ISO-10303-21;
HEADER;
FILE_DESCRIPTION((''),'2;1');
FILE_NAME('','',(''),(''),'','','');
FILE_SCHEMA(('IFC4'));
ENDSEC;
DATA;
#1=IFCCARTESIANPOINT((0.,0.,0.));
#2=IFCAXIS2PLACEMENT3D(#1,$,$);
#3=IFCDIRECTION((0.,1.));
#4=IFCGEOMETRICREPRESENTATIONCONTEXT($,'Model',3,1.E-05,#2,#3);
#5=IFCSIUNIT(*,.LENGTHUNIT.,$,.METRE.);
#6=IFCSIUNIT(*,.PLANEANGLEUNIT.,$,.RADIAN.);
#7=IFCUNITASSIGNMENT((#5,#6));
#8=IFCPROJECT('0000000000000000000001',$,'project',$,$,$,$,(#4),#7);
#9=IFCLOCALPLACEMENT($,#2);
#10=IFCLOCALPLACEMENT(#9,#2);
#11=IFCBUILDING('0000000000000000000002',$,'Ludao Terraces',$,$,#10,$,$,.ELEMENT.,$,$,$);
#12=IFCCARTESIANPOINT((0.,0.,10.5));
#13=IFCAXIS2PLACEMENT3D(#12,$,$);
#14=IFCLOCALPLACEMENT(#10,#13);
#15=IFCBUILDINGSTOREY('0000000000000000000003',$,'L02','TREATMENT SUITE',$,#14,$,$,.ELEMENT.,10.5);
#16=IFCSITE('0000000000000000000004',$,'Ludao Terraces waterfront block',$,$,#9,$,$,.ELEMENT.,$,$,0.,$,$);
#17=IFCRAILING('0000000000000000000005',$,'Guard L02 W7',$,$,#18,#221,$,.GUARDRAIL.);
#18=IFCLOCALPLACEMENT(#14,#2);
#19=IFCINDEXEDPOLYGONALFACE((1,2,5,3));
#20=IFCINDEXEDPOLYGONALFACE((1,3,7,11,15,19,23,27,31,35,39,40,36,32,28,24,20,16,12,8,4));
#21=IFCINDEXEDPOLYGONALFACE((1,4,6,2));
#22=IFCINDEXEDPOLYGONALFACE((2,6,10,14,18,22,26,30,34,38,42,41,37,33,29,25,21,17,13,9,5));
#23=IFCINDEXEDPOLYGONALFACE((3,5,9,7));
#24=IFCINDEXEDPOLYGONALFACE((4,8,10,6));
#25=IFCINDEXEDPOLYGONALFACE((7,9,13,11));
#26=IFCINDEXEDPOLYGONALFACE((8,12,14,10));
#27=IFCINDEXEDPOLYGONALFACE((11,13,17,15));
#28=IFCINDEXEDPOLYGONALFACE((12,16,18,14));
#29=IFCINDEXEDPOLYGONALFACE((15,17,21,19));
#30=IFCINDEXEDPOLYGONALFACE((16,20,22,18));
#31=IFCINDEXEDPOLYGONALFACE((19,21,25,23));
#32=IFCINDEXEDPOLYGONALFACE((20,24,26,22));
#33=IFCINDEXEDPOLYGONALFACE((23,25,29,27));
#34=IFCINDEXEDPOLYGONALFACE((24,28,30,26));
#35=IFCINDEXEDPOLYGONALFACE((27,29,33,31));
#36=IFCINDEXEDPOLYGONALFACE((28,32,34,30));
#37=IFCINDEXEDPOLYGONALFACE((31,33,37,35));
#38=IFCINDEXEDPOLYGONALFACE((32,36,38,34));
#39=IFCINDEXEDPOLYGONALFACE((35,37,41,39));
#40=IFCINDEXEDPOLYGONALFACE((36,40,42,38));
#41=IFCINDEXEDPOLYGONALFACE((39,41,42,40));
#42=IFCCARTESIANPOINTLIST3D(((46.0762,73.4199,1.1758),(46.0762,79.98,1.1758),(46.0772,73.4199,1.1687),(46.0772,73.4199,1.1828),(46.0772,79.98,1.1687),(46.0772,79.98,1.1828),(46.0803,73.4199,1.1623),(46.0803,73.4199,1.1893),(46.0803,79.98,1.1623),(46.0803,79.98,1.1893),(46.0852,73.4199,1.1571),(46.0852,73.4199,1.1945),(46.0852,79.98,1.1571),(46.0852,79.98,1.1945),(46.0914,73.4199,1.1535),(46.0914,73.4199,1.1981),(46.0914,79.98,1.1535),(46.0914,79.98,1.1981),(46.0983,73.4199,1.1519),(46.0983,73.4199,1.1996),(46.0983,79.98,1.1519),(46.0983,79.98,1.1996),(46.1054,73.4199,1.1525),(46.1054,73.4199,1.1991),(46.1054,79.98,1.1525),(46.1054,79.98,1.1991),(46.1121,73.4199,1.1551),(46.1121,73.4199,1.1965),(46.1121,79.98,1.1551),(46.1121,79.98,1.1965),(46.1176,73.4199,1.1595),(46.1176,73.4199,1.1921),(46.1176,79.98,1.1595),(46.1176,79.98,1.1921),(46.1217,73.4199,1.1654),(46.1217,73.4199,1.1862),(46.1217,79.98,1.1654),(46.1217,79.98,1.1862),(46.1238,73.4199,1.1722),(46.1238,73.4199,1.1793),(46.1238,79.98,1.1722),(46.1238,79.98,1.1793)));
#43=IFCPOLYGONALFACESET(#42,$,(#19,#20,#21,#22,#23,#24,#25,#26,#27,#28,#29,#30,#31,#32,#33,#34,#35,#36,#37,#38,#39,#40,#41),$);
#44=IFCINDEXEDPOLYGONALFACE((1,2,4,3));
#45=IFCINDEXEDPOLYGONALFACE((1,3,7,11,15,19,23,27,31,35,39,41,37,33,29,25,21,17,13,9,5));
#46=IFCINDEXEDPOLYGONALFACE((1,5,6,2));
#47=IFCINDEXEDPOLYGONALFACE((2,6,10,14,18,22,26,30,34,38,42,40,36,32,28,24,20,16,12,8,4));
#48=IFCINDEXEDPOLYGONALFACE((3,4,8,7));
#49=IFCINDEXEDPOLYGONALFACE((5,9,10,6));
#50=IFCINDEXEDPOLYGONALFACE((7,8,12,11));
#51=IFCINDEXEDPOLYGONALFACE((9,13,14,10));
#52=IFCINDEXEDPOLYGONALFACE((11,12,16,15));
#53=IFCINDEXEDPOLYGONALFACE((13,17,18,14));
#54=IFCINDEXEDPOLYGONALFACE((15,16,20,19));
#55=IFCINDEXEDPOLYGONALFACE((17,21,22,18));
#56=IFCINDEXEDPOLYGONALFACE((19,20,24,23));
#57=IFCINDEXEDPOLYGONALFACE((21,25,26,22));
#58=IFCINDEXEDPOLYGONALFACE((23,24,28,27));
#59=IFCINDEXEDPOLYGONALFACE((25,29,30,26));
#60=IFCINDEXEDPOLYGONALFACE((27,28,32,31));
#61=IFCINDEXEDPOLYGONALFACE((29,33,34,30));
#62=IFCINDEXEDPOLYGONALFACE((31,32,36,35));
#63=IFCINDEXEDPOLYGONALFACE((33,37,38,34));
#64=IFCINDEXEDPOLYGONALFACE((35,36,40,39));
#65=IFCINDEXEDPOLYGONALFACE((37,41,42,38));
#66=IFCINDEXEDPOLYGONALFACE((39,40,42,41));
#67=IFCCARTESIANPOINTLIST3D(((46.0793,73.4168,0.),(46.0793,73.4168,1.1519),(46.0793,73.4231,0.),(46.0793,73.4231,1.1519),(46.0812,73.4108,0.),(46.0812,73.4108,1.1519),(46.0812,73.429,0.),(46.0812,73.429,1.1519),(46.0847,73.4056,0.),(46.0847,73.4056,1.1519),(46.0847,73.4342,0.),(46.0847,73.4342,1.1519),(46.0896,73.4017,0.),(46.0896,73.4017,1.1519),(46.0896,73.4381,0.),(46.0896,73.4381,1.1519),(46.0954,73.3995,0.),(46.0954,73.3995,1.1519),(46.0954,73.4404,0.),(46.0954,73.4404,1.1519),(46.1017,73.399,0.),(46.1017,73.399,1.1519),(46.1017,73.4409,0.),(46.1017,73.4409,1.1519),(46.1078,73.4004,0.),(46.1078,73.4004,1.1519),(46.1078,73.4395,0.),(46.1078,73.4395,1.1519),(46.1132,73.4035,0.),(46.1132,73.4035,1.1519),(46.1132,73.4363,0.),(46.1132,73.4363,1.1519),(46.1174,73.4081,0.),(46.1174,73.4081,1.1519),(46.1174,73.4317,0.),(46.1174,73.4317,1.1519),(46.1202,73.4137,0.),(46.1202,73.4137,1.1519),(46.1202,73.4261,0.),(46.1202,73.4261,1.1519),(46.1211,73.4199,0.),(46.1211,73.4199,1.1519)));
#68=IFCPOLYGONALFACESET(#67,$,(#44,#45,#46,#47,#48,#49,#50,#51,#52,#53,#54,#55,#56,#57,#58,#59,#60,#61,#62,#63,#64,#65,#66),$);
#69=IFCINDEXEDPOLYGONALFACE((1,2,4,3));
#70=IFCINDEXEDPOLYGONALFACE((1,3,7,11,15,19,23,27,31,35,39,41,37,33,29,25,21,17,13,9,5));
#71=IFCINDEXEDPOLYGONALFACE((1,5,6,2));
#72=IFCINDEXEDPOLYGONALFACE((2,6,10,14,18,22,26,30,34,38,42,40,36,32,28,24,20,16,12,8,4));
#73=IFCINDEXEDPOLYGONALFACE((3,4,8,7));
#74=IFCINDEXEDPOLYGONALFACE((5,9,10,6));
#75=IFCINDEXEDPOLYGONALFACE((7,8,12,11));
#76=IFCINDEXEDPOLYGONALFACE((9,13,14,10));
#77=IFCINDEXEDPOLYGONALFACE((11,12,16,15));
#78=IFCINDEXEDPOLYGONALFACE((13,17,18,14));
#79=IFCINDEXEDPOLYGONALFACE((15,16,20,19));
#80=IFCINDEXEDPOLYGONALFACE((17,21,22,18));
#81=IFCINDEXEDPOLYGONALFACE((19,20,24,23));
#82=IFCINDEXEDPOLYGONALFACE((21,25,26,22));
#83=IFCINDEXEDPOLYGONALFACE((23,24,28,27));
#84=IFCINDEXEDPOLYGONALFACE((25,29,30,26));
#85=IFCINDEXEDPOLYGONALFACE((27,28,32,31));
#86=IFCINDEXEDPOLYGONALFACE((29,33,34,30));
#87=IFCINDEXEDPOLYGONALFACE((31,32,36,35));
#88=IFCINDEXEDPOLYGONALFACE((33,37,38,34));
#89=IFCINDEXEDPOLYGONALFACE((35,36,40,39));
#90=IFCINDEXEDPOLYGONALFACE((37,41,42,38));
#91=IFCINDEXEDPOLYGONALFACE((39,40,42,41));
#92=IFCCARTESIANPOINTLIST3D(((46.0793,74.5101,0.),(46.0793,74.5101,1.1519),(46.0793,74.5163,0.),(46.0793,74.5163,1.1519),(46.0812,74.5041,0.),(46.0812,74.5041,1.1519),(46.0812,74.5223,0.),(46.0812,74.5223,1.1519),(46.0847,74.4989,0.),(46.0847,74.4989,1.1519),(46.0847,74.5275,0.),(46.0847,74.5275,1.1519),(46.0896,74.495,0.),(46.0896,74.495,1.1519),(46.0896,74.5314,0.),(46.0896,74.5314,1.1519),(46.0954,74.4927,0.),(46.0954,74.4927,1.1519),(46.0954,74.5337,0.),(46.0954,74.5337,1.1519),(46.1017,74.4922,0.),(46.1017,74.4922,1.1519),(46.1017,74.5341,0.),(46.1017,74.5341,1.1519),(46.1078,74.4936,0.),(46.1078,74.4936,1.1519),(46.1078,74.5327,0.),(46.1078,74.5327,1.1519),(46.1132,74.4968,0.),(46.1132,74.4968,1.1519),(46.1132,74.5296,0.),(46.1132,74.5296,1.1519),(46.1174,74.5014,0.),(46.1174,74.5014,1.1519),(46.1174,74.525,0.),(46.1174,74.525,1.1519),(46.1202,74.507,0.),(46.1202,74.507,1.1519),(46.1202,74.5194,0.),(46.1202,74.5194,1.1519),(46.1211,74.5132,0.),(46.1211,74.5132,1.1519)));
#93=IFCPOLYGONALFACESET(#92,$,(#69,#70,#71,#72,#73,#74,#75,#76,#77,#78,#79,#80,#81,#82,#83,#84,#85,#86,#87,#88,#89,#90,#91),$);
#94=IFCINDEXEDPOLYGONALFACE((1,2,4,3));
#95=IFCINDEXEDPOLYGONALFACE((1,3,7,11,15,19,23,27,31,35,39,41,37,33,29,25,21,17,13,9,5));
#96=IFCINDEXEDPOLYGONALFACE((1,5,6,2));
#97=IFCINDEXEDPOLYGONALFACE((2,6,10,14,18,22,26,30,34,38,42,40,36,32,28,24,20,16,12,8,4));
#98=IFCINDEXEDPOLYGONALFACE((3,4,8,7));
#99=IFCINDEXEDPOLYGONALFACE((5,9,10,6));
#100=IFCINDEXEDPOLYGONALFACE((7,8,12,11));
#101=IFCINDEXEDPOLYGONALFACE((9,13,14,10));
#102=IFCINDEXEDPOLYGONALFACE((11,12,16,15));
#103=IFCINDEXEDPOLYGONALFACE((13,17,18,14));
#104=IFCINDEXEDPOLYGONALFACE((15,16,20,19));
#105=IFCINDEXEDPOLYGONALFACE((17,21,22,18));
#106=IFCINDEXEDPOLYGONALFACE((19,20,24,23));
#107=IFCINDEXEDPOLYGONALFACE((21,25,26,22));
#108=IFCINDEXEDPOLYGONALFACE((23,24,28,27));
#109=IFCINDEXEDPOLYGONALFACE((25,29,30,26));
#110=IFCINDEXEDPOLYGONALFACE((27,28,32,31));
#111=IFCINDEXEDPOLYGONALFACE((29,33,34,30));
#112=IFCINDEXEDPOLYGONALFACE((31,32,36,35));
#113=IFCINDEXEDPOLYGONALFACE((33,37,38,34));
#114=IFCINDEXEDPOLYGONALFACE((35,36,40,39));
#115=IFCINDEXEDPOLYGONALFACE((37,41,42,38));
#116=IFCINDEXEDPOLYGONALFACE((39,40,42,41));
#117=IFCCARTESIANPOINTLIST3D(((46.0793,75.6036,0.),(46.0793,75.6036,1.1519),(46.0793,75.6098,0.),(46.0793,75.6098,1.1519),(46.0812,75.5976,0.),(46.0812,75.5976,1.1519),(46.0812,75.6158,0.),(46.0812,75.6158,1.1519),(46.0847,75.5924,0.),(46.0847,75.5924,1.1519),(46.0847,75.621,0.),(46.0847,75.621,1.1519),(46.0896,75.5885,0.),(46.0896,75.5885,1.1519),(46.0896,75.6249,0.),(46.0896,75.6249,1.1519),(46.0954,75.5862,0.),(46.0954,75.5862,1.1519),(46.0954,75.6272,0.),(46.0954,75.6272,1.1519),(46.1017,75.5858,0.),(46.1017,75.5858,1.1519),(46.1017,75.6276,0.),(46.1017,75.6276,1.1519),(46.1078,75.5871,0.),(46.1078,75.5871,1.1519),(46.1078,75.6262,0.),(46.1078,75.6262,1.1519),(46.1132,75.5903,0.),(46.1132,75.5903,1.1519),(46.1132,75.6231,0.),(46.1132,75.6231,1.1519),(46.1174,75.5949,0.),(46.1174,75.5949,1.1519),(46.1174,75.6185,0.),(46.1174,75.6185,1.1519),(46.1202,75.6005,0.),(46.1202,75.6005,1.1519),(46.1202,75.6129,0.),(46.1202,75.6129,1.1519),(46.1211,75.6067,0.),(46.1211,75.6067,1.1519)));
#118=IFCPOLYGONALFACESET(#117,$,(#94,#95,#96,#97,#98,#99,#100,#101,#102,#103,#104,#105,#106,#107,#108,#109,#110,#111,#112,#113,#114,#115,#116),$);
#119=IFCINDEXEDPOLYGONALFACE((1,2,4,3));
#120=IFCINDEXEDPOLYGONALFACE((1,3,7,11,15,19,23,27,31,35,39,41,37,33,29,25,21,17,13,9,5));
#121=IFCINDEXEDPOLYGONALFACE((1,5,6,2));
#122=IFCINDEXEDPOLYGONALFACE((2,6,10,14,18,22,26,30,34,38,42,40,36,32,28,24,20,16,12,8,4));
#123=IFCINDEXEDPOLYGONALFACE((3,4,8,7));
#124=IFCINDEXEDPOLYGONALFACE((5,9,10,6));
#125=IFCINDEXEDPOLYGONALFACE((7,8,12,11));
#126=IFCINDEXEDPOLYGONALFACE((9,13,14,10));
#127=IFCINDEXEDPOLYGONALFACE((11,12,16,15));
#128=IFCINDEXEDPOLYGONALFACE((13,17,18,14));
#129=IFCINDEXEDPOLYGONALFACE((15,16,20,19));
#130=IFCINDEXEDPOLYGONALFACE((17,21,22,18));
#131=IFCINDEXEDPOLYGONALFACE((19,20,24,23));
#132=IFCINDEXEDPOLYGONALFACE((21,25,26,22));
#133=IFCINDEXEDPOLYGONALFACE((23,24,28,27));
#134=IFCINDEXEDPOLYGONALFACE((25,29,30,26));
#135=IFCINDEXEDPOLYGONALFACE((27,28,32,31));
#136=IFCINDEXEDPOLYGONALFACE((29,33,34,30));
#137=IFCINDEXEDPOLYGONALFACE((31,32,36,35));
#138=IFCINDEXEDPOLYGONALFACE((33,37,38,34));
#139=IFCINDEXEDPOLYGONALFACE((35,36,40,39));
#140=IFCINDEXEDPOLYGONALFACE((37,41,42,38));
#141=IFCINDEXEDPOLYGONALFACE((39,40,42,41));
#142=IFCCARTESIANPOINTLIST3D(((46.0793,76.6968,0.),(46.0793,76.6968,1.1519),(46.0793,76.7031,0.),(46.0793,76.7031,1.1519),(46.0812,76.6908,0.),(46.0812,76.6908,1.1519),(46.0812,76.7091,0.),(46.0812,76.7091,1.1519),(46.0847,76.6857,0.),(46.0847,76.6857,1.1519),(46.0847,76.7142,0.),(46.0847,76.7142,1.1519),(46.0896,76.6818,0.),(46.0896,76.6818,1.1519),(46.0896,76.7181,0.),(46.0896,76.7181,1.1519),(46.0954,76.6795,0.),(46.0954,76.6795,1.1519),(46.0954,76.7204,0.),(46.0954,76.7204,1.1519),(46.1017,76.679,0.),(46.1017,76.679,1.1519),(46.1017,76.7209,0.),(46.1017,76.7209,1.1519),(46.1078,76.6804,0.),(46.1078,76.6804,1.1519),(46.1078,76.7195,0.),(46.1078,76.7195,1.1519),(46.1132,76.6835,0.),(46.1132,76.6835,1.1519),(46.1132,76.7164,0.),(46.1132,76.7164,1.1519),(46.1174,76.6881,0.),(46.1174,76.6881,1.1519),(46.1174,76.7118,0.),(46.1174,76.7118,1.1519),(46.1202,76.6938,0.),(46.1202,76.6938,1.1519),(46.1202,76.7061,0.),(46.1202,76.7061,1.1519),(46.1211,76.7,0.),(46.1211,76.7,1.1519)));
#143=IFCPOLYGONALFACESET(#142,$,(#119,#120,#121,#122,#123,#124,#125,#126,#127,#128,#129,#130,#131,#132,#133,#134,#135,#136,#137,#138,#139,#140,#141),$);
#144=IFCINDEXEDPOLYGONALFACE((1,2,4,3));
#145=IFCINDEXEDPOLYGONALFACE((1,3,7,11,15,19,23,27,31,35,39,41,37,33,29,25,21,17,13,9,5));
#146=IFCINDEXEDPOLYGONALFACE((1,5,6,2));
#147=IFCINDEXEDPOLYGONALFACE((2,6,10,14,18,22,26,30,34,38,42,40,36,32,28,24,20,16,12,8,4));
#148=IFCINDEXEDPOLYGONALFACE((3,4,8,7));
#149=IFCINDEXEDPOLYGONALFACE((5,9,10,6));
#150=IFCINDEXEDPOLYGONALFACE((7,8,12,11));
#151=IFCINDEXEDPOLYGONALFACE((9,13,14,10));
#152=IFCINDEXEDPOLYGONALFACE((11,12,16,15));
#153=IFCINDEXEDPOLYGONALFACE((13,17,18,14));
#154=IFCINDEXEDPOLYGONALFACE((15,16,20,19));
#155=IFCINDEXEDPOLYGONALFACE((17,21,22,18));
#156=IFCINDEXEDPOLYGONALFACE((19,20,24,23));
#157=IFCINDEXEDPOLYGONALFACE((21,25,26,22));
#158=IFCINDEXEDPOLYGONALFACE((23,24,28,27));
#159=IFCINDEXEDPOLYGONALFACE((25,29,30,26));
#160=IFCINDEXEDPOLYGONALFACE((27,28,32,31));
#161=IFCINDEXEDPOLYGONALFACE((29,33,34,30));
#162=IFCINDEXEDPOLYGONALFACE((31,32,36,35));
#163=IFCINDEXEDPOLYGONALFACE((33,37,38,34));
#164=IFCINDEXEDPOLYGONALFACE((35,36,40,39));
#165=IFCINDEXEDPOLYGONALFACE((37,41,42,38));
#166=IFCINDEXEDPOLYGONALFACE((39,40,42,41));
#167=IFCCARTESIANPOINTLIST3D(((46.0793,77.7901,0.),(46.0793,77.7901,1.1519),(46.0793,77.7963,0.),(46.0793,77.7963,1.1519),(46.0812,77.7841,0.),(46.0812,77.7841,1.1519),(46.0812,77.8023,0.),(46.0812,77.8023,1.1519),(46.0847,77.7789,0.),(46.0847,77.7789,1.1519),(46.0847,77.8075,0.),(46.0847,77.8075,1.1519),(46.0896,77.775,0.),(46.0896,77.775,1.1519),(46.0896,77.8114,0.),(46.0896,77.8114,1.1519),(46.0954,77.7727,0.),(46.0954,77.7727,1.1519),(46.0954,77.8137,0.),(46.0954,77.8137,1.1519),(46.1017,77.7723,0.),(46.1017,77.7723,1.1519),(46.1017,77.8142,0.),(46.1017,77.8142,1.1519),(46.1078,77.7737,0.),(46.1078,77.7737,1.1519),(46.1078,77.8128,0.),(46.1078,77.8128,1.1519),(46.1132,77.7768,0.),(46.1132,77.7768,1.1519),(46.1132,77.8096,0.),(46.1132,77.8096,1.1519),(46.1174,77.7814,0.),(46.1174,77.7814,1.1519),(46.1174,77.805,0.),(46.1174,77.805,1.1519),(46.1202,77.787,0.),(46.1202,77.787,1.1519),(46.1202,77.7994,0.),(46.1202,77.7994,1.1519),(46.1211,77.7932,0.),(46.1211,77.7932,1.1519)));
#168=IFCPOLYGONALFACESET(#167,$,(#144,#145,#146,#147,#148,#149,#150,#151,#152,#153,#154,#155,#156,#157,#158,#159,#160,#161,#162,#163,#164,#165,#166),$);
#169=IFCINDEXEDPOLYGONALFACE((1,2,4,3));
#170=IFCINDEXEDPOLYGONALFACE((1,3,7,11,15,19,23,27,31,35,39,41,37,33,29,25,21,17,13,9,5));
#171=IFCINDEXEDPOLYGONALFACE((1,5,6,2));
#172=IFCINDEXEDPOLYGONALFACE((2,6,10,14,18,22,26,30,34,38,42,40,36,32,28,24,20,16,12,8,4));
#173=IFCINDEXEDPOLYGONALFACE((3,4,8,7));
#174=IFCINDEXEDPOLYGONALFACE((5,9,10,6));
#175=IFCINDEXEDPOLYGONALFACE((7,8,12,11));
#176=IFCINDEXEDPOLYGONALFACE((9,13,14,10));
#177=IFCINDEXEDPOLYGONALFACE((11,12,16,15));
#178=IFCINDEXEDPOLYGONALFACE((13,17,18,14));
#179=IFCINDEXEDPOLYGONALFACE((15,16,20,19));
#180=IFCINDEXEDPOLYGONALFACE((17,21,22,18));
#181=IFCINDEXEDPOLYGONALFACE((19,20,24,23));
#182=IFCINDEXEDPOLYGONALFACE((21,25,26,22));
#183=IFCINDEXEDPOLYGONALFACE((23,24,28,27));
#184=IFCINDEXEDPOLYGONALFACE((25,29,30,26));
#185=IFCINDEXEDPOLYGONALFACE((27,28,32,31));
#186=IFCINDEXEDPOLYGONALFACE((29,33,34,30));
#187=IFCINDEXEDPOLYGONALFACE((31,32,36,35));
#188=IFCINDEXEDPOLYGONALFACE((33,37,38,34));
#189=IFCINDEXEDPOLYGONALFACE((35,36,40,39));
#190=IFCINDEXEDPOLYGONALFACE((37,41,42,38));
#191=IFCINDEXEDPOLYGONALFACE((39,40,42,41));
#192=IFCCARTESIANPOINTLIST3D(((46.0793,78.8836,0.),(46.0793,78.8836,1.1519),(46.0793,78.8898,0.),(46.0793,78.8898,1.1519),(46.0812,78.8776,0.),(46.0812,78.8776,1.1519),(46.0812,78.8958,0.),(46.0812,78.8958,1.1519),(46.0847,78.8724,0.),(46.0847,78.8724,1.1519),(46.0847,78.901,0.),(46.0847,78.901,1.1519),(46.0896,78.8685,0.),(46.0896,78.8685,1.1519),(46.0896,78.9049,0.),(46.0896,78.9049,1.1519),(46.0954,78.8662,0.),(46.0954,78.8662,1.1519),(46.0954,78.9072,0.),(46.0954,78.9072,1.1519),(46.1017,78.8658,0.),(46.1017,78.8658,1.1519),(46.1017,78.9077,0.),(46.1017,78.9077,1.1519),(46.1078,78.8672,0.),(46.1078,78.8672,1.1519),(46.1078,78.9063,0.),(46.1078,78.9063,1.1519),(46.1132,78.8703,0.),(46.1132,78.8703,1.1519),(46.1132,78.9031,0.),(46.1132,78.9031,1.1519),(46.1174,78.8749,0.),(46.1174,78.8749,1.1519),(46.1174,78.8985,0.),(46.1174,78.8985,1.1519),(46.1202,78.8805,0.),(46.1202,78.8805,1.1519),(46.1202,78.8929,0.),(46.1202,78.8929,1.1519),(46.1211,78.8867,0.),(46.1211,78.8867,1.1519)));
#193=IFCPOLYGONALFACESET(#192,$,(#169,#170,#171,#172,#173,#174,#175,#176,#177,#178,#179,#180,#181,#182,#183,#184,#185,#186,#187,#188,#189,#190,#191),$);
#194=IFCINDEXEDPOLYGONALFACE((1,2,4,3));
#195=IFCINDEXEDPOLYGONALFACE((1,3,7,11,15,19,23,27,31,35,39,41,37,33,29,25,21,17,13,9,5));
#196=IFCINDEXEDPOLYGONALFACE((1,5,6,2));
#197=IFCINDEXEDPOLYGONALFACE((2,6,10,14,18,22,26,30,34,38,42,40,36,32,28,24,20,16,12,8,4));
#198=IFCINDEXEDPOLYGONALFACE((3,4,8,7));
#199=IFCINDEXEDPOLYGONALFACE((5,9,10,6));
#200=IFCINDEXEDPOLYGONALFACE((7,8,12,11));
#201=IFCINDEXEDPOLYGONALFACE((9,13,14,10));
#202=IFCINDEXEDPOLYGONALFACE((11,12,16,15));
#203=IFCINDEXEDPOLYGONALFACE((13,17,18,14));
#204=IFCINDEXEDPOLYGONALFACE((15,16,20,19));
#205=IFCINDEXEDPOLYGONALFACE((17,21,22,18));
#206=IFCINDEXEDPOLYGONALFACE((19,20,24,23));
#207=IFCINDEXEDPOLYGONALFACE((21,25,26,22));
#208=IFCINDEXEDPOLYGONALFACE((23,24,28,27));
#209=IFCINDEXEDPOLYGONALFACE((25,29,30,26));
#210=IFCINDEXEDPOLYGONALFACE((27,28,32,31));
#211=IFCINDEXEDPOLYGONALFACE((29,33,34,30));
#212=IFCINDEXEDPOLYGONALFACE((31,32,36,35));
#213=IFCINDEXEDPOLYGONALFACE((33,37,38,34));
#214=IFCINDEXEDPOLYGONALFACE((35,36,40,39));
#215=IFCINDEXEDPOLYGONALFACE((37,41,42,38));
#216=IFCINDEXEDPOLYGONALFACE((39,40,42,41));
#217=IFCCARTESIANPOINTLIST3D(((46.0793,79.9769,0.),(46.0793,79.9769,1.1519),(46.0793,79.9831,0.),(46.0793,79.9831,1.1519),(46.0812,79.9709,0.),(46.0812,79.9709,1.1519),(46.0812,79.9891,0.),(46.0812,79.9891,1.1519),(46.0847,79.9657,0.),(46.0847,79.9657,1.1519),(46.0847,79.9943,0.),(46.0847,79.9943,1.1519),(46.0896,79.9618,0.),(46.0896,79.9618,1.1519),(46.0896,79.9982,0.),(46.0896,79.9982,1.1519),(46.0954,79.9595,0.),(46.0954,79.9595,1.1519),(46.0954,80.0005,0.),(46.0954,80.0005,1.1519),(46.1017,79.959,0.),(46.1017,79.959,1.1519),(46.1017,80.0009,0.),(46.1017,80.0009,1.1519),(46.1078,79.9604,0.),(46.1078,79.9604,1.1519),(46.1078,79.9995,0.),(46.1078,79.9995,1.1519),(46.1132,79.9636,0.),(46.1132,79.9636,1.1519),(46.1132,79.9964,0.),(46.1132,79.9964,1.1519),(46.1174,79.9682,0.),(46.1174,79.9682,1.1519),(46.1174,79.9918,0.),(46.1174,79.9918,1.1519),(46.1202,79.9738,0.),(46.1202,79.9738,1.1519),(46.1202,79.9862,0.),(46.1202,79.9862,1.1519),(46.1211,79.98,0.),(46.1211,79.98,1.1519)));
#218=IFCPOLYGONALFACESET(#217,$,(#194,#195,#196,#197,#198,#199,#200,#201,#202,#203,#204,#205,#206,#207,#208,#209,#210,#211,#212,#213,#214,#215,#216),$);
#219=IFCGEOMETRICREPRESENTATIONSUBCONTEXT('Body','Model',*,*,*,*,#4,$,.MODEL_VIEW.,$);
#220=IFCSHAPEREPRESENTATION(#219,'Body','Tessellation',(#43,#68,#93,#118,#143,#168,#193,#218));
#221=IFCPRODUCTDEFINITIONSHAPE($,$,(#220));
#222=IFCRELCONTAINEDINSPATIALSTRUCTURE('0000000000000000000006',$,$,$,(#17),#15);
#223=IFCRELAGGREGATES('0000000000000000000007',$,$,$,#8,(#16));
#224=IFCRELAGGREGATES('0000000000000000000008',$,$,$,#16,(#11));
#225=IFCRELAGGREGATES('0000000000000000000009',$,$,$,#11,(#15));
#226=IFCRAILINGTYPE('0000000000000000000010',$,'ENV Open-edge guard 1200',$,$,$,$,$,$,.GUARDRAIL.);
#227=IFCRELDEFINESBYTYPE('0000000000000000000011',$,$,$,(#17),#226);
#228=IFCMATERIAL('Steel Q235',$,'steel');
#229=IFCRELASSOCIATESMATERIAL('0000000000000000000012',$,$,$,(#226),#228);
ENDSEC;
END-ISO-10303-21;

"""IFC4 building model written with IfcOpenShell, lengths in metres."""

from ifc_helpers import new_model, si_unit, direction, frame, origin, origin_2d, place, context, subcontext, project, spatial, circle, extrude, material, type_object, element, save


model = new_model("IFC4")

# Units and contexts
model_context = context("Model", 3, precision=1e-05, world=origin(), true_north=direction((0.0, 1.0)))
body_context = subcontext(model_context, "Body", "Model", "MODEL_VIEW")
ifc_project = project(units=[si_unit("LENGTHUNIT", "METRE"), si_unit("PLANEANGLEUNIT", "RADIAN")], contexts=[model_context])

# Site, building, storey
site_placement = place(None, origin())
site = spatial("IfcSite", under=ifc_project, at=site_placement, Name="Ludao Terraces waterfront block", CompositionType="ELEMENT", RefElevation=0.0)
building_placement = place(site_placement, origin())
building = spatial("IfcBuilding", under=site, at=building_placement, Name="Ludao Terraces", CompositionType="ELEMENT")
storey_placement = place(building_placement, frame((0.0, 0.0, 10.5)))
storey = spatial("IfcBuildingStorey", under=building, at=storey_placement, Name="L02", Description="TREATMENT SUITE", CompositionType="ELEMENT", Elevation=10.5)

# Shared definitions
ifc_material_1 = material(Name="Steel Q235", Category="steel")

# Railing
railing_type = type_object("IfcRailingType", Name="ENV Open-edge guard 1200", PredefinedType="GUARDRAIL", material=ifc_material_1)
railing_1_placement = place(storey_placement, frame((46.1001, 73.4199, 0.0)))
element("IfcRailing", 1, at=railing_1_placement, inside=storey, type_object=railing_type, Name="Guard L02 W7", PredefinedType="GUARDRAIL", context=body_context, shape_type="SweptSolid", body=[
    extrude(circle(Radius=0.0239, at=origin_2d()), frame((0.0, 0.0, 1.1758), z_axis=(0.0, 1.0, 0.0), x_axis=(-1.0, 0.0, 0.0)), (0.0, 0.0, 1.0), 6.5601),
    extrude(circle(Radius=0.021, at=origin_2d()), origin(), (0.0, 0.0, 1.0), 1.1519),
    extrude(circle(Radius=0.021, at=origin_2d()), frame((0.0, 1.0933, 0.0)), (0.0, 0.0, 1.0), 1.1519),
    extrude(circle(Radius=0.021, at=origin_2d()), frame((0.0, 2.1868, 0.0)), (0.0, 0.0, 1.0), 1.1519),
    extrude(circle(Radius=0.021, at=origin_2d()), frame((0.0, 3.28, 0.0)), (0.0, 0.0, 1.0), 1.1519),
    extrude(circle(Radius=0.021, at=origin_2d()), frame((0.0, 4.3733, 0.0)), (0.0, 0.0, 1.0), 1.1519),
    extrude(circle(Radius=0.021, at=origin_2d()), frame((0.0, 5.4668, 0.0)), (0.0, 0.0, 1.0), 1.1519),
    extrude(circle(Radius=0.021, at=origin_2d()), frame((0.0, 6.5601, 0.0)), (0.0, 0.0, 1.0), 1.1519),
])

save(model, "model.ifc")
